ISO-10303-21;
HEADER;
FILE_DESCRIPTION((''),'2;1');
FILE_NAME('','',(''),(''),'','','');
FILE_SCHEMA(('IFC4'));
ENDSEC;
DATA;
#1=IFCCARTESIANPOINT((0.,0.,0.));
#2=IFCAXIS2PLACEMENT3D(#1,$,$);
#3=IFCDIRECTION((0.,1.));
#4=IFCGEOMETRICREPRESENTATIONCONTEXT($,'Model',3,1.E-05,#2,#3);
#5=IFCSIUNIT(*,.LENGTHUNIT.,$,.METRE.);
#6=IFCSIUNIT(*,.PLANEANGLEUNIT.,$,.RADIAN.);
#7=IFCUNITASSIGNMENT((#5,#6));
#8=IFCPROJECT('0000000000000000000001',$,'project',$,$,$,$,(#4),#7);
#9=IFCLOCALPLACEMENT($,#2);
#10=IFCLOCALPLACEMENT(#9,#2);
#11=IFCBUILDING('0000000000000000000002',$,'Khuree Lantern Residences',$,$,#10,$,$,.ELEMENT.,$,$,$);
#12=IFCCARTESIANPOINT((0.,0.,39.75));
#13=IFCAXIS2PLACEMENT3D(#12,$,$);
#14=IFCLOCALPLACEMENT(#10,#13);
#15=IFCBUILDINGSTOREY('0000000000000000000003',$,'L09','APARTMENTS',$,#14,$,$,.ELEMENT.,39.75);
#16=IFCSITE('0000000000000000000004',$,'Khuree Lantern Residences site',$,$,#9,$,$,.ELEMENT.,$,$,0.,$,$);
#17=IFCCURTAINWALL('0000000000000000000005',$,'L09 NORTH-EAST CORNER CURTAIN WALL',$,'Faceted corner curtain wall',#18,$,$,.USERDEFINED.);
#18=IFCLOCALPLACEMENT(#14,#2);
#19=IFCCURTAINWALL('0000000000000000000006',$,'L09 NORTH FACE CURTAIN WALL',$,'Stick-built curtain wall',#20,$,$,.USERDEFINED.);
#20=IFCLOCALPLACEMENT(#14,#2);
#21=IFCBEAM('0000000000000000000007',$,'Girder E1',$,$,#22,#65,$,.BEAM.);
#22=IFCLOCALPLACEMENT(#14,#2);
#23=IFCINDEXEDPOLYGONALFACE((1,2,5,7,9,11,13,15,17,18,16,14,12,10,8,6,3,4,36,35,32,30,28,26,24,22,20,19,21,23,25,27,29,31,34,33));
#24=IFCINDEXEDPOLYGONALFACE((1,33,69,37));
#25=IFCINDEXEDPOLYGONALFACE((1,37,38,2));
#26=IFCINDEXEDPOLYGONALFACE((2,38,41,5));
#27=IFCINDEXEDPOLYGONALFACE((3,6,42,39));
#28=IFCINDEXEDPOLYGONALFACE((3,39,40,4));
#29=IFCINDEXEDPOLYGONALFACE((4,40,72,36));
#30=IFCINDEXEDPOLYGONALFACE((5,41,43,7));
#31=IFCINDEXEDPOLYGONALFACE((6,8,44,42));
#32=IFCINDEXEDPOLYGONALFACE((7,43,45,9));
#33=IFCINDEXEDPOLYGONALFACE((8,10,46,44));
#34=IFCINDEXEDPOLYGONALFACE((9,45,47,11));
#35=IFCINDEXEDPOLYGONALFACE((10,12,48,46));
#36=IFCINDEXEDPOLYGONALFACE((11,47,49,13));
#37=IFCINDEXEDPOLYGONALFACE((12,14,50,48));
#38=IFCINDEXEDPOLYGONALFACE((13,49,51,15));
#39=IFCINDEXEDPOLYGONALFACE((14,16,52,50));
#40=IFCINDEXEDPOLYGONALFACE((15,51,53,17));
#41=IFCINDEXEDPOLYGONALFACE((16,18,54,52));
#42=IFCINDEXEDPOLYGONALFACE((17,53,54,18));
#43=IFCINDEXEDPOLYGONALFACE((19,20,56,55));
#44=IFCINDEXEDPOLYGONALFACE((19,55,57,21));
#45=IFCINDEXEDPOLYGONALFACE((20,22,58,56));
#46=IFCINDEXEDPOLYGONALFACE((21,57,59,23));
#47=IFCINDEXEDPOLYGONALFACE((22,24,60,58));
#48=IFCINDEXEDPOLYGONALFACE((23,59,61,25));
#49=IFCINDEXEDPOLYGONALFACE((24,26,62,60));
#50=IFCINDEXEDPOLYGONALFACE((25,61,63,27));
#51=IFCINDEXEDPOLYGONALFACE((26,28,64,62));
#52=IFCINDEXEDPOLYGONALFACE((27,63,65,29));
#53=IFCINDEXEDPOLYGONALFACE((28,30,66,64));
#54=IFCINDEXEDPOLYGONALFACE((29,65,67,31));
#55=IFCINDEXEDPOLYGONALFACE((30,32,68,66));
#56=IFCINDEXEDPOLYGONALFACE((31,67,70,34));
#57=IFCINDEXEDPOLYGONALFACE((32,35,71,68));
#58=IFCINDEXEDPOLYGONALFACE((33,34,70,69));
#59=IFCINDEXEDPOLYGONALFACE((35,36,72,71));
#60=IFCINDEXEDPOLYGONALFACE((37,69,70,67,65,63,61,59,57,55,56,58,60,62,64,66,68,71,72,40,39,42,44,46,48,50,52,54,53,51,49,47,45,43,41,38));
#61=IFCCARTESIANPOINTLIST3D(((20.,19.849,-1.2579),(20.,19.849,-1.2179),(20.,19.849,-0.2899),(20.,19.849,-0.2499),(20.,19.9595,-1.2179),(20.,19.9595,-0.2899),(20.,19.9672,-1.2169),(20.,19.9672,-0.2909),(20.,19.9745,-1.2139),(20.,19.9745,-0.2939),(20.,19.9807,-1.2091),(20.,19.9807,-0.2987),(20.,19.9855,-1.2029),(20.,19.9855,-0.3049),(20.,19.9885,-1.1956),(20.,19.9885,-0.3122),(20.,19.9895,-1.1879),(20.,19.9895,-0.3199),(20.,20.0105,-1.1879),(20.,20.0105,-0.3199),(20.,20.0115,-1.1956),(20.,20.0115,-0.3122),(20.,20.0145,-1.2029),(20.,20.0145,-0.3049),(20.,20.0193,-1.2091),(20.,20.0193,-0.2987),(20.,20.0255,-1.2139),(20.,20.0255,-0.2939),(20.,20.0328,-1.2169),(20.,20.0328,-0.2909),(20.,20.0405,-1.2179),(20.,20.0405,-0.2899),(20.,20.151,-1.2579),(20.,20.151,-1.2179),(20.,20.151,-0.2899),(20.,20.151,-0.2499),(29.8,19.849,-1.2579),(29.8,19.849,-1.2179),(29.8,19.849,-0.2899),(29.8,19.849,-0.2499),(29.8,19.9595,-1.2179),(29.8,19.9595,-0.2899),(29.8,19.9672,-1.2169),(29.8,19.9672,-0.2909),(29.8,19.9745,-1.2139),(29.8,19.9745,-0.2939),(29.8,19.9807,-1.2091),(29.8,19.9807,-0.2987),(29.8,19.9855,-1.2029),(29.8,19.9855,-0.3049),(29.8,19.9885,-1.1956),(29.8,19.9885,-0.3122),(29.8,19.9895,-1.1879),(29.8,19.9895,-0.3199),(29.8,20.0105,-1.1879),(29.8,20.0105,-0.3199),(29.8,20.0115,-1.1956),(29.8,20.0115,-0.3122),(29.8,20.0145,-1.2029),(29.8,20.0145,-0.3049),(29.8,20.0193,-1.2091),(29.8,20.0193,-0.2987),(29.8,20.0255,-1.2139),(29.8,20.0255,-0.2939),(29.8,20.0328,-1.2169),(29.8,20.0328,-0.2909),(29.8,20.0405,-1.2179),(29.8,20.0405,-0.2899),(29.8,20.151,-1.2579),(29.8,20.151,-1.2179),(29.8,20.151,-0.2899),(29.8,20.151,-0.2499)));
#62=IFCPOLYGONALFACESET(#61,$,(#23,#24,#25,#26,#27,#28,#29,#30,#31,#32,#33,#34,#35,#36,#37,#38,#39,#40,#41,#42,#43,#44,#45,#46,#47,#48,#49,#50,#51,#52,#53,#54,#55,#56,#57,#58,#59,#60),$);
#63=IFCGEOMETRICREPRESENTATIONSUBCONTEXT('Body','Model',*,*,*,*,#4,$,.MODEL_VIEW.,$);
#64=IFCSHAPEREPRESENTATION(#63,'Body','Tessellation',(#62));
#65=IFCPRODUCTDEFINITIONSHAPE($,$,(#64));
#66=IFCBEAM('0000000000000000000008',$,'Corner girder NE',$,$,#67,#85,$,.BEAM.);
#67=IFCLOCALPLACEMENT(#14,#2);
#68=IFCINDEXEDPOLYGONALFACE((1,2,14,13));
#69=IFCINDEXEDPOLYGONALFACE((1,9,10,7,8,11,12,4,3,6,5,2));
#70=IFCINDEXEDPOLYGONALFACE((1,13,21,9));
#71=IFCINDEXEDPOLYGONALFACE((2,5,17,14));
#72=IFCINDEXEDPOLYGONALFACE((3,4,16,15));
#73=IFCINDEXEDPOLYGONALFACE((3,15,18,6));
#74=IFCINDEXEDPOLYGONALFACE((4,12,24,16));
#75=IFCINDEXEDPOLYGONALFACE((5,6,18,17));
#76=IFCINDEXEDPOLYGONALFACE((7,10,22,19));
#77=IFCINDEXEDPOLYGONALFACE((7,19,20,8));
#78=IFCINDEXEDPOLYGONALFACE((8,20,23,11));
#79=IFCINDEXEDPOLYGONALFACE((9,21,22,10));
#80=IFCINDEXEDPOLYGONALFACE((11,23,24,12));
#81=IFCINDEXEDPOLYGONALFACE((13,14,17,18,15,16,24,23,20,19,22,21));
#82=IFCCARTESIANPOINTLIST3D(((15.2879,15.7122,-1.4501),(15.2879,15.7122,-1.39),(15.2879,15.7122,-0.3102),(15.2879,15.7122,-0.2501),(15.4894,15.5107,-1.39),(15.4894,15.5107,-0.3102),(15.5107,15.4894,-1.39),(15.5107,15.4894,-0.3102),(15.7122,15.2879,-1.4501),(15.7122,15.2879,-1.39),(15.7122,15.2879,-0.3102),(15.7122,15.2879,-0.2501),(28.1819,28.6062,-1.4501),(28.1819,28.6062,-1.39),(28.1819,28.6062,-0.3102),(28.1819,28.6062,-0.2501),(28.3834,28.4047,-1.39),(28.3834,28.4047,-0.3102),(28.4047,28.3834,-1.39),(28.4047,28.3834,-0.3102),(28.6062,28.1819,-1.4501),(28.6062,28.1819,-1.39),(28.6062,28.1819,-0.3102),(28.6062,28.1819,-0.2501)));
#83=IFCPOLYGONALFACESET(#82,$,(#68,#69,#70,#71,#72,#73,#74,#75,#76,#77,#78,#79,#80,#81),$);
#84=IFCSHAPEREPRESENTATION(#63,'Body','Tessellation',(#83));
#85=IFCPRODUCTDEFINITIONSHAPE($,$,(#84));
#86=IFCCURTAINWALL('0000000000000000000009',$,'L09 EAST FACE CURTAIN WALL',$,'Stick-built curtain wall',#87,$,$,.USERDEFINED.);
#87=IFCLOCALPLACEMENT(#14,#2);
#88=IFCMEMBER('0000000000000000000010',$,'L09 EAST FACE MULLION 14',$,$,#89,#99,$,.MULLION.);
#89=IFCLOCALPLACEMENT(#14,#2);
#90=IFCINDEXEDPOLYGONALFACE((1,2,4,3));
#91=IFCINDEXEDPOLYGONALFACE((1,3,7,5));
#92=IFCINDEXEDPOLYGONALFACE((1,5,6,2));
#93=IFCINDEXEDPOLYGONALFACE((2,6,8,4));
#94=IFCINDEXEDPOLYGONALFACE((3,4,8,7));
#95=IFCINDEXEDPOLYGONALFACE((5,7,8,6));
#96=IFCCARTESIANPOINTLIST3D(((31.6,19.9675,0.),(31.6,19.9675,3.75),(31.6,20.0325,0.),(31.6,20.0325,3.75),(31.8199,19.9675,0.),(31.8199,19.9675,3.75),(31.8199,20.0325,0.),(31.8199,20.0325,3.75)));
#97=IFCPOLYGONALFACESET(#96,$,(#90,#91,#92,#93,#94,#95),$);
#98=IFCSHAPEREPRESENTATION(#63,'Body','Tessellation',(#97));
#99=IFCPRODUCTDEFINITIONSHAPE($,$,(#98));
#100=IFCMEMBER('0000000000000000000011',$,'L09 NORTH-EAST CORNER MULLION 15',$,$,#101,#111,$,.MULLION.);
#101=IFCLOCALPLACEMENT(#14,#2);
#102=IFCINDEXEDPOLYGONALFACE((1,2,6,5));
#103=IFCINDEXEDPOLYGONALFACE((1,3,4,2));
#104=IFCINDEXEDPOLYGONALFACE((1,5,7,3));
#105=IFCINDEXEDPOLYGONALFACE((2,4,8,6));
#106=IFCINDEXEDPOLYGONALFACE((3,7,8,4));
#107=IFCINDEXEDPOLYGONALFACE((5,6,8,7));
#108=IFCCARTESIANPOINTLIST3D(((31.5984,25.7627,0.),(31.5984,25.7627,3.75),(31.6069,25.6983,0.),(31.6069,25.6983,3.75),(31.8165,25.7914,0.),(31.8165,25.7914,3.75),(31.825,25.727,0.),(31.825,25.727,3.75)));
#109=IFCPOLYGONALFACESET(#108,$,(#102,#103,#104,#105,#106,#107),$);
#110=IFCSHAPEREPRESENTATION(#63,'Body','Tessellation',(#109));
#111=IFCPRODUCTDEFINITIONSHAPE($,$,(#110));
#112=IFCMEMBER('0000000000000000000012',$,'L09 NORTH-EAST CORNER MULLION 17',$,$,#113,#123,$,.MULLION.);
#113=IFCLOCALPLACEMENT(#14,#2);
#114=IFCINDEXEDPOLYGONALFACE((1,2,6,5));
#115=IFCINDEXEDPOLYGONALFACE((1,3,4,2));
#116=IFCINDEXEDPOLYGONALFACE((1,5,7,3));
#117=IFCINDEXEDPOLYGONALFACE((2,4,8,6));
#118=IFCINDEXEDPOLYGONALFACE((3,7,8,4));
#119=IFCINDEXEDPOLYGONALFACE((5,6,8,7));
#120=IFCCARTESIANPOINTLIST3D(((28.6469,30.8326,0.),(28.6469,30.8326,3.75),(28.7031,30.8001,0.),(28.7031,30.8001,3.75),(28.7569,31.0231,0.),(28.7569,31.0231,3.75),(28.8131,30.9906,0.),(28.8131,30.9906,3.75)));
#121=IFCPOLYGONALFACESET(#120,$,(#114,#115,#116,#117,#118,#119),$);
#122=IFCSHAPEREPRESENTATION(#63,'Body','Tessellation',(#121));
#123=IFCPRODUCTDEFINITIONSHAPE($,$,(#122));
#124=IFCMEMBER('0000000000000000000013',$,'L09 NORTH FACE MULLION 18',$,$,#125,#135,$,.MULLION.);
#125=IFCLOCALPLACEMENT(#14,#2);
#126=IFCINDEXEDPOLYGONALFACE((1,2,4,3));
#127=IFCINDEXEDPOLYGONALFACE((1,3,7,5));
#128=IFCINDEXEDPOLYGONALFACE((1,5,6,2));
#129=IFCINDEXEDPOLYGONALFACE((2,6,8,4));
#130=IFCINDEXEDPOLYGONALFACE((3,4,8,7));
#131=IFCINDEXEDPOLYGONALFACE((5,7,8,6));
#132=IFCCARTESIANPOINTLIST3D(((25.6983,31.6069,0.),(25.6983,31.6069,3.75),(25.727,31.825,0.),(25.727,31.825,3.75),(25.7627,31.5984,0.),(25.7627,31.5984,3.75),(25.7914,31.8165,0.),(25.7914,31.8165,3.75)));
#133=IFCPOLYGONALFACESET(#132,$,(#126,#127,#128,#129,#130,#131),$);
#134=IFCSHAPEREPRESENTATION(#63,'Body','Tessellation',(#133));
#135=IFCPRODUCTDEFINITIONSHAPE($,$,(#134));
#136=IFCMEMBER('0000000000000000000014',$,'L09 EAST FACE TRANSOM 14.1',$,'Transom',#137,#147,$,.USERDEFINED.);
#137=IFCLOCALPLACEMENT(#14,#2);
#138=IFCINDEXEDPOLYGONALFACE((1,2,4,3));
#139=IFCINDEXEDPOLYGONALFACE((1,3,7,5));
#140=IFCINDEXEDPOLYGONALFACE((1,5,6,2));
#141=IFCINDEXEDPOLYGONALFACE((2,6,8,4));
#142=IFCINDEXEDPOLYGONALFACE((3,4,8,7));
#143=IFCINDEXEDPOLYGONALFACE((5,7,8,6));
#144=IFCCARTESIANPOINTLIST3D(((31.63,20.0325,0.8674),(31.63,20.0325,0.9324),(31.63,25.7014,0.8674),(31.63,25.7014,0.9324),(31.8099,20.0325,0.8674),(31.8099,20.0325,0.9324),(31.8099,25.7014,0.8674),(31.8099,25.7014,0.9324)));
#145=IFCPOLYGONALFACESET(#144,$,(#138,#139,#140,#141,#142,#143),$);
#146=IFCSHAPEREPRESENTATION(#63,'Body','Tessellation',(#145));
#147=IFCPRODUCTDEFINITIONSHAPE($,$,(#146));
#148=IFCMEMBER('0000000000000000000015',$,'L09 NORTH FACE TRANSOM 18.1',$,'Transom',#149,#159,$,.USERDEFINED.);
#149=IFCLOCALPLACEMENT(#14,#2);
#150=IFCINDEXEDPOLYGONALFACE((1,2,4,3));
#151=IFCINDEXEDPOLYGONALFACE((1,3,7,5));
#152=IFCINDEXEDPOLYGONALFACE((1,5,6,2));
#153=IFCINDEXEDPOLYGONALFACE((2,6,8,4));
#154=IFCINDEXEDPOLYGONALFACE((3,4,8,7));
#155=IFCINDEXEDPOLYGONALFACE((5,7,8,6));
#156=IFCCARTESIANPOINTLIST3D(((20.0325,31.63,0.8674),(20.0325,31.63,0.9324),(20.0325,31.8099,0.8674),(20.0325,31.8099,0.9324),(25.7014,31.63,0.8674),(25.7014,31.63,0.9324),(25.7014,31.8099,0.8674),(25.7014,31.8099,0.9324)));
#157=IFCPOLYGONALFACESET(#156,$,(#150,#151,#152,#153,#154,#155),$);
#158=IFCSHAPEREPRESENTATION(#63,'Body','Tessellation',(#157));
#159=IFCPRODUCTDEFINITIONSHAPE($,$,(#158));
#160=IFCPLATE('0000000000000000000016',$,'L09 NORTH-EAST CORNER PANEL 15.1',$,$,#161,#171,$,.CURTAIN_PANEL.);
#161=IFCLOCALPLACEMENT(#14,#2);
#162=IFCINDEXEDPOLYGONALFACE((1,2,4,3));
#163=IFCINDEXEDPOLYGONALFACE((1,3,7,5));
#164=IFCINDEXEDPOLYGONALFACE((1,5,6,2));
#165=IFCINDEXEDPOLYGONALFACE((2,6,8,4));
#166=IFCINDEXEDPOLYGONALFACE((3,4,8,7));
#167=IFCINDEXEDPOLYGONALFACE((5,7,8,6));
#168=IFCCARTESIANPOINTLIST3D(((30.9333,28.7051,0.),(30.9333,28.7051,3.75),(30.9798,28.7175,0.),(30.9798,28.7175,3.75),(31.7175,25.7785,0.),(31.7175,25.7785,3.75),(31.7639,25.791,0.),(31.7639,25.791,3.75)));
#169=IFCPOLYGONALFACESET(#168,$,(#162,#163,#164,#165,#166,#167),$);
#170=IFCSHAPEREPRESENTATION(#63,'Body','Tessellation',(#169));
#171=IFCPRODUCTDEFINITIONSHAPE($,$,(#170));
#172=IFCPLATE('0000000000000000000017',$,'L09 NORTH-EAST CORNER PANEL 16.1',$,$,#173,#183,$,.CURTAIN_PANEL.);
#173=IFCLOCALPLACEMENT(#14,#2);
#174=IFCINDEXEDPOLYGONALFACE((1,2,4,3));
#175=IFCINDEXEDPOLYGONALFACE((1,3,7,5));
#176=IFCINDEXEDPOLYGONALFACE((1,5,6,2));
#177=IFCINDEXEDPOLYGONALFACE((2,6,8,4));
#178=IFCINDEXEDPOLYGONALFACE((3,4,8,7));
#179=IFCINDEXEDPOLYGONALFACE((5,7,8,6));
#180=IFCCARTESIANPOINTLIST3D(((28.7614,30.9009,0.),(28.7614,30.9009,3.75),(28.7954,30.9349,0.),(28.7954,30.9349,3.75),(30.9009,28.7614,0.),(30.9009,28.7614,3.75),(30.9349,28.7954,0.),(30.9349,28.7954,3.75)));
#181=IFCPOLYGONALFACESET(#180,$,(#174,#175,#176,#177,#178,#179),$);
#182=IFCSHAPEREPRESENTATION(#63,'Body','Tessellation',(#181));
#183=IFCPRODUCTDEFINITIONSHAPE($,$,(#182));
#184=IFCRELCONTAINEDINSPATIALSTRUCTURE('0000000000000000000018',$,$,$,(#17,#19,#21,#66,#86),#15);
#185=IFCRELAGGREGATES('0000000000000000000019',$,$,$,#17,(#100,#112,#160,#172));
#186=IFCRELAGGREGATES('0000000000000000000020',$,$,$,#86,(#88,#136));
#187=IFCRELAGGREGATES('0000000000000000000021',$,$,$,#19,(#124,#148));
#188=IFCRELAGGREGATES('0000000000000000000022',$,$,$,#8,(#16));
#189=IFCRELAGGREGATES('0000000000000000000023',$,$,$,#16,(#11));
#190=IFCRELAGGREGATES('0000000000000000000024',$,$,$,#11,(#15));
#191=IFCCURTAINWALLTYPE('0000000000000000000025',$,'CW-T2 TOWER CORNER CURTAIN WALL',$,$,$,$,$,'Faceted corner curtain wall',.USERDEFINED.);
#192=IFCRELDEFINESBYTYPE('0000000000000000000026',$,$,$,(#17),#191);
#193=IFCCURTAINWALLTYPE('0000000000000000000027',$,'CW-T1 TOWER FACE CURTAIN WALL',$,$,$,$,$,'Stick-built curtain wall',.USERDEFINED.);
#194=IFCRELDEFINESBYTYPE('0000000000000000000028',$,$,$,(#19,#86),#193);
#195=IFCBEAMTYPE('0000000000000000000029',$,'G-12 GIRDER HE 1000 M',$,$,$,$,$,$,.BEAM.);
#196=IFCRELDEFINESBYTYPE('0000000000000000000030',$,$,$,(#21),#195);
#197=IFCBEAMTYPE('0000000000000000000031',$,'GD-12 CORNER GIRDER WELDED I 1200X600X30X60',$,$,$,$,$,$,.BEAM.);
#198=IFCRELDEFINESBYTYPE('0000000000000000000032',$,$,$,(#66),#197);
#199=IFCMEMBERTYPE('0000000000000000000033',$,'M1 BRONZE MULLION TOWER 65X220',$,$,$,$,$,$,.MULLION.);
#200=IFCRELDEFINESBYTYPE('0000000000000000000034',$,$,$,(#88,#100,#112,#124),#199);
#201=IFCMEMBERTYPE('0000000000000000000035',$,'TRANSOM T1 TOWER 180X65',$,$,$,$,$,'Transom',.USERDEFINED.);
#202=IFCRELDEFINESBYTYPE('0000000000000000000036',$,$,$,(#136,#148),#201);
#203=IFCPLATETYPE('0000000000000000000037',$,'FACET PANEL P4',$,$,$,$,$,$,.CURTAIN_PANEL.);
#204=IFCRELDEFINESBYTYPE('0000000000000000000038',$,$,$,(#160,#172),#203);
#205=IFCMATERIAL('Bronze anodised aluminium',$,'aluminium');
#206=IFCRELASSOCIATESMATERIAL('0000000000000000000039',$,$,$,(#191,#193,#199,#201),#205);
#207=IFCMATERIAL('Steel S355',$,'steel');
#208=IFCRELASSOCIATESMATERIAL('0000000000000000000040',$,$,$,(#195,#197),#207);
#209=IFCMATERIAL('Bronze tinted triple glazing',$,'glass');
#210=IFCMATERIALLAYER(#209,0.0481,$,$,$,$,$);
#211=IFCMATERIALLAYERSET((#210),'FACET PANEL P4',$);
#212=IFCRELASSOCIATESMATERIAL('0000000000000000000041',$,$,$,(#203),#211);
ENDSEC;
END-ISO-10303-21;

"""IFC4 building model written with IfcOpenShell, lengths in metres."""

from ifc_helpers import new_model, si_unit, direction, frame, origin, origin_2d, place, context, subcontext, project, spatial, rectangle, i_section, extrude, material, layer, layer_set, material_profile, profile_set, type_object, element, aggregate, save


model = new_model("IFC4")

# Units and contexts
model_context = context("Model", 3, precision=1e-05, world=origin(), true_north=direction((0.0, 1.0)))
body_context = subcontext(model_context, "Body", "Model", "MODEL_VIEW")
ifc_project = project(units=[si_unit("LENGTHUNIT", "METRE"), si_unit("PLANEANGLEUNIT", "RADIAN")], contexts=[model_context])

# Site, building, storey
site_placement = place(None, origin())
site = spatial("IfcSite", under=ifc_project, at=site_placement, Name="Khuree Lantern Residences site", CompositionType="ELEMENT", RefElevation=0.0)
building_placement = place(site_placement, origin())
building = spatial("IfcBuilding", under=site, at=building_placement, Name="Khuree Lantern Residences", CompositionType="ELEMENT")
storey_placement = place(building_placement, frame((0.0, 0.0, 39.75)))
storey = spatial("IfcBuildingStorey", under=building, at=storey_placement, Name="L09", Description="APARTMENTS", CompositionType="ELEMENT", Elevation=39.75)

# Shared definitions
ifc_material_1 = material(Name="Steel S355", Category="steel")

# Curtain walls
ifc_material_2 = material(Name="Bronze anodised aluminium", Category="aluminium")
curtain_wall_type_1 = type_object("IfcCurtainWallType", Name="CW-T2 TOWER CORNER CURTAIN WALL", ElementType="Faceted corner curtain wall", PredefinedType="USERDEFINED", material=ifc_material_2)
curtain_wall_1_placement = place(storey_placement, origin())
curtain_wall_1 = element("IfcCurtainWall", 1, at=curtain_wall_1_placement, inside=storey, type_object=curtain_wall_type_1, Name="L09 NORTH-EAST CORNER CURTAIN WALL", ObjectType="Faceted corner curtain wall", PredefinedType="USERDEFINED")
curtain_wall_type_2 = type_object("IfcCurtainWallType", Name="CW-T1 TOWER FACE CURTAIN WALL", ElementType="Stick-built curtain wall", PredefinedType="USERDEFINED", material=ifc_material_2)
curtain_wall_2_placement = place(storey_placement, origin())
curtain_wall_2 = element("IfcCurtainWall", 2, at=curtain_wall_2_placement, inside=storey, type_object=curtain_wall_type_2, Name="L09 NORTH FACE CURTAIN WALL", ObjectType="Stick-built curtain wall", PredefinedType="USERDEFINED")

# Beams
ifc_material_profile_1 = material_profile(ifc_material_1, i_section(OverallWidth=0.302, OverallDepth=1.0081, WebThickness=0.021, FlangeThickness=0.04, FilletRadius=0.03, at=origin_2d()), Name="HE 1000 M")
ifc_profile_set_1 = profile_set([ifc_material_profile_1], Name="Steel S355")
beam_type_1 = type_object("IfcBeamType", Name="G-12 GIRDER HE 1000 M", PredefinedType="BEAM", material=ifc_profile_set_1)
for number, where, z_axis, x_axis, name in (
    (3, (29.8, 20.0, -0.7539), (-1.0, 0.0, 0.0), (0.0, -1.0, 0.0), "Girder E1"),
):
    element("IfcBeam", number, at=place(storey_placement, frame(where, z_axis=z_axis, x_axis=x_axis)), inside=storey, type_object=beam_type_1, Name=name, PredefinedType="BEAM", context=body_context, shape_type="SweptSolid", body=[
        extrude(i_section(OverallWidth=0.302, OverallDepth=1.0081, WebThickness=0.021, FlangeThickness=0.04, FilletRadius=0.03, at=origin_2d()), origin(), (0.0, 0.0, 1.0), 9.8),
    ])
ifc_material_profile_2 = material_profile(ifc_material_1, i_section(OverallWidth=0.6001, OverallDepth=1.2, WebThickness=0.03, FlangeThickness=0.0601, at=origin_2d()), Name="WELDED I 1200X600X30X60")
ifc_profile_set_2 = profile_set([ifc_material_profile_2], Name="Steel S355")
beam_type_2 = type_object("IfcBeamType", Name="GD-12 CORNER GIRDER WELDED I 1200X600X30X60", PredefinedType="BEAM", material=ifc_profile_set_2)
beam_1_placement = place(storey_placement, frame((28.394, 28.394, -0.8501), z_axis=(-0.707107, -0.707107, 0.0), x_axis=(0.707107, -0.707107, 0.0)))
element("IfcBeam", 4, at=beam_1_placement, inside=storey, type_object=beam_type_2, Name="Corner girder NE", PredefinedType="BEAM", context=body_context, shape_type="SweptSolid", body=[
    extrude(i_section(OverallWidth=0.6001, OverallDepth=1.2, WebThickness=0.03, FlangeThickness=0.0601, at=origin_2d()), origin(), (0.0, 0.0, 1.0), 18.2349),
])

# Curtain wall, member
curtain_wall_3_placement = place(storey_placement, origin())
curtain_wall_3 = element("IfcCurtainWall", 5, at=curtain_wall_3_placement, inside=storey, type_object=curtain_wall_type_2, Name="L09 EAST FACE CURTAIN WALL", ObjectType="Stick-built curtain wall", PredefinedType="USERDEFINED")
ifc_material_profile_3 = material_profile(ifc_material_2, rectangle(XDim=0.0649, YDim=0.22, at=origin_2d()), Name="M1 65X220")
ifc_profile_set_3 = profile_set([ifc_material_profile_3], Name="Bronze anodised aluminium")
member_type_1 = type_object("IfcMemberType", Name="M1 BRONZE MULLION TOWER 65X220", PredefinedType="MULLION", material=ifc_profile_set_3)
member_1_placement = place(storey_placement, frame((31.71, 20.0, 0.0), z_axis=(0.0, 0.0, 1.0), x_axis=(0.0, 1.0, 0.0)))
member_1 = element("IfcMember", 6, at=member_1_placement, type_object=member_type_1, Name="L09 EAST FACE MULLION 14", PredefinedType="MULLION", context=body_context, shape_type="SweptSolid", body=[
    extrude(rectangle(XDim=0.0649, YDim=0.22, at=origin_2d()), origin(), (0.0, 0.0, 1.0), 3.75),
])

# Members
member_2_placement = place(storey_placement, frame((31.7117, 25.7449, 0.0), z_axis=(0.0, 0.0, 1.0), x_axis=(-0.130526, 0.991445, 0.0)))
member_2 = element("IfcMember", 7, at=member_2_placement, type_object=member_type_1, Name="L09 NORTH-EAST CORNER MULLION 15", PredefinedType="MULLION", context=body_context, shape_type="SweptSolid", body=[
    extrude(rectangle(XDim=0.0649, YDim=0.22, at=origin_2d()), origin(), (0.0, 0.0, 1.0), 3.75),
])
member_3_placement = place(storey_placement, frame((28.73, 30.9116, 0.0), z_axis=(0.0, 0.0, 1.0), x_axis=(-0.866025, 0.5, 0.0)))
member_3 = element("IfcMember", 8, at=member_3_placement, type_object=member_type_1, Name="L09 NORTH-EAST CORNER MULLION 17", PredefinedType="MULLION", context=body_context, shape_type="SweptSolid", body=[
    extrude(rectangle(XDim=0.0649, YDim=0.22, at=origin_2d()), origin(), (0.0, 0.0, 1.0), 3.75),
])
member_4_placement = place(storey_placement, frame((25.7449, 31.7117, 0.0), z_axis=(0.0, 0.0, 1.0), x_axis=(-0.991445, 0.130526, 0.0)))
member_4 = element("IfcMember", 9, at=member_4_placement, type_object=member_type_1, Name="L09 NORTH FACE MULLION 18", PredefinedType="MULLION", context=body_context, shape_type="SweptSolid", body=[
    extrude(rectangle(XDim=0.0649, YDim=0.22, at=origin_2d()), origin(), (0.0, 0.0, 1.0), 3.75),
])
ifc_material_profile_4 = material_profile(ifc_material_2, rectangle(XDim=0.1799, YDim=0.0649, at=origin_2d()), Name="T1 180X65")
ifc_profile_set_4 = profile_set([ifc_material_profile_4], Name="Bronze anodised aluminium")
member_type_2 = type_object("IfcMemberType", Name="TRANSOM T1 TOWER 180X65", ElementType="Transom", PredefinedType="USERDEFINED", material=ifc_profile_set_4)
member_5_placement = place(storey_placement, frame((31.72, 20.0325, 0.8999), z_axis=(0.0, 1.0, 0.0), x_axis=(-1.0, 0.0, 0.0)))
member_5 = element("IfcMember", 10, at=member_5_placement, type_object=member_type_2, Name="L09 EAST FACE TRANSOM 14.1", ObjectType="Transom", PredefinedType="USERDEFINED", context=body_context, shape_type="SweptSolid", body=[
    extrude(rectangle(XDim=0.1799, YDim=0.0649, at=origin_2d()), origin(), (0.0, 0.0, 1.0), 5.6689),
])
member_6_placement = place(storey_placement, frame((25.7014, 31.72, 0.8999), z_axis=(-1.0, 0.0, 0.0), x_axis=(0.0, -1.0, 0.0)))
member_6 = element("IfcMember", 11, at=member_6_placement, type_object=member_type_2, Name="L09 NORTH FACE TRANSOM 18.1", ObjectType="Transom", PredefinedType="USERDEFINED", context=body_context, shape_type="SweptSolid", body=[
    extrude(rectangle(XDim=0.1799, YDim=0.0649, at=origin_2d()), origin(), (0.0, 0.0, 1.0), 5.6689),
])

# Plates
ifc_material_3 = material(Name="Bronze tinted triple glazing", Category="glass")
ifc_layer_1 = layer(ifc_material_3, 0.0481)
ifc_layer_set_1 = layer_set([ifc_layer_1], Name="FACET PANEL P4")
plate_type_1 = type_object("IfcPlateType", Name="FACET PANEL P4", PredefinedType="CURTAIN_PANEL", material=ifc_layer_set_1)
plate_1_placement = place(storey_placement, frame((31.3486, 27.248, 0.0), z_axis=(0.0, 0.0, 1.0), x_axis=(-0.258819, 0.965926, 0.0)))
plate_1 = element("IfcPlate", 12, at=plate_1_placement, type_object=plate_type_1, Name="L09 NORTH-EAST CORNER PANEL 15.1", PredefinedType="CURTAIN_PANEL", context=body_context, shape_type="SweptSolid", body=[
    extrude(rectangle(XDim=3.0298, YDim=0.0481, at=origin_2d()), origin(), (0.0, 0.0, 1.0), 3.75),
])
plate_2_placement = place(storey_placement, frame((29.8481, 29.8481, 0.0), z_axis=(0.0, 0.0, 1.0), x_axis=(-0.707107, 0.707107, 0.0)))
plate_2 = element("IfcPlate", 13, at=plate_2_placement, type_object=plate_type_1, Name="L09 NORTH-EAST CORNER PANEL 16.1", PredefinedType="CURTAIN_PANEL", context=body_context, shape_type="SweptSolid", body=[
    extrude(rectangle(XDim=3.0256, YDim=0.0481, at=origin_2d()), origin(), (0.0, 0.0, 1.0), 3.75),
])
aggregate(curtain_wall_1, [member_2, member_3, plate_1, plate_2])
aggregate(curtain_wall_3, [member_1, member_5])
aggregate(curtain_wall_2, [member_4, member_6])

save(model, "model.ifc")
